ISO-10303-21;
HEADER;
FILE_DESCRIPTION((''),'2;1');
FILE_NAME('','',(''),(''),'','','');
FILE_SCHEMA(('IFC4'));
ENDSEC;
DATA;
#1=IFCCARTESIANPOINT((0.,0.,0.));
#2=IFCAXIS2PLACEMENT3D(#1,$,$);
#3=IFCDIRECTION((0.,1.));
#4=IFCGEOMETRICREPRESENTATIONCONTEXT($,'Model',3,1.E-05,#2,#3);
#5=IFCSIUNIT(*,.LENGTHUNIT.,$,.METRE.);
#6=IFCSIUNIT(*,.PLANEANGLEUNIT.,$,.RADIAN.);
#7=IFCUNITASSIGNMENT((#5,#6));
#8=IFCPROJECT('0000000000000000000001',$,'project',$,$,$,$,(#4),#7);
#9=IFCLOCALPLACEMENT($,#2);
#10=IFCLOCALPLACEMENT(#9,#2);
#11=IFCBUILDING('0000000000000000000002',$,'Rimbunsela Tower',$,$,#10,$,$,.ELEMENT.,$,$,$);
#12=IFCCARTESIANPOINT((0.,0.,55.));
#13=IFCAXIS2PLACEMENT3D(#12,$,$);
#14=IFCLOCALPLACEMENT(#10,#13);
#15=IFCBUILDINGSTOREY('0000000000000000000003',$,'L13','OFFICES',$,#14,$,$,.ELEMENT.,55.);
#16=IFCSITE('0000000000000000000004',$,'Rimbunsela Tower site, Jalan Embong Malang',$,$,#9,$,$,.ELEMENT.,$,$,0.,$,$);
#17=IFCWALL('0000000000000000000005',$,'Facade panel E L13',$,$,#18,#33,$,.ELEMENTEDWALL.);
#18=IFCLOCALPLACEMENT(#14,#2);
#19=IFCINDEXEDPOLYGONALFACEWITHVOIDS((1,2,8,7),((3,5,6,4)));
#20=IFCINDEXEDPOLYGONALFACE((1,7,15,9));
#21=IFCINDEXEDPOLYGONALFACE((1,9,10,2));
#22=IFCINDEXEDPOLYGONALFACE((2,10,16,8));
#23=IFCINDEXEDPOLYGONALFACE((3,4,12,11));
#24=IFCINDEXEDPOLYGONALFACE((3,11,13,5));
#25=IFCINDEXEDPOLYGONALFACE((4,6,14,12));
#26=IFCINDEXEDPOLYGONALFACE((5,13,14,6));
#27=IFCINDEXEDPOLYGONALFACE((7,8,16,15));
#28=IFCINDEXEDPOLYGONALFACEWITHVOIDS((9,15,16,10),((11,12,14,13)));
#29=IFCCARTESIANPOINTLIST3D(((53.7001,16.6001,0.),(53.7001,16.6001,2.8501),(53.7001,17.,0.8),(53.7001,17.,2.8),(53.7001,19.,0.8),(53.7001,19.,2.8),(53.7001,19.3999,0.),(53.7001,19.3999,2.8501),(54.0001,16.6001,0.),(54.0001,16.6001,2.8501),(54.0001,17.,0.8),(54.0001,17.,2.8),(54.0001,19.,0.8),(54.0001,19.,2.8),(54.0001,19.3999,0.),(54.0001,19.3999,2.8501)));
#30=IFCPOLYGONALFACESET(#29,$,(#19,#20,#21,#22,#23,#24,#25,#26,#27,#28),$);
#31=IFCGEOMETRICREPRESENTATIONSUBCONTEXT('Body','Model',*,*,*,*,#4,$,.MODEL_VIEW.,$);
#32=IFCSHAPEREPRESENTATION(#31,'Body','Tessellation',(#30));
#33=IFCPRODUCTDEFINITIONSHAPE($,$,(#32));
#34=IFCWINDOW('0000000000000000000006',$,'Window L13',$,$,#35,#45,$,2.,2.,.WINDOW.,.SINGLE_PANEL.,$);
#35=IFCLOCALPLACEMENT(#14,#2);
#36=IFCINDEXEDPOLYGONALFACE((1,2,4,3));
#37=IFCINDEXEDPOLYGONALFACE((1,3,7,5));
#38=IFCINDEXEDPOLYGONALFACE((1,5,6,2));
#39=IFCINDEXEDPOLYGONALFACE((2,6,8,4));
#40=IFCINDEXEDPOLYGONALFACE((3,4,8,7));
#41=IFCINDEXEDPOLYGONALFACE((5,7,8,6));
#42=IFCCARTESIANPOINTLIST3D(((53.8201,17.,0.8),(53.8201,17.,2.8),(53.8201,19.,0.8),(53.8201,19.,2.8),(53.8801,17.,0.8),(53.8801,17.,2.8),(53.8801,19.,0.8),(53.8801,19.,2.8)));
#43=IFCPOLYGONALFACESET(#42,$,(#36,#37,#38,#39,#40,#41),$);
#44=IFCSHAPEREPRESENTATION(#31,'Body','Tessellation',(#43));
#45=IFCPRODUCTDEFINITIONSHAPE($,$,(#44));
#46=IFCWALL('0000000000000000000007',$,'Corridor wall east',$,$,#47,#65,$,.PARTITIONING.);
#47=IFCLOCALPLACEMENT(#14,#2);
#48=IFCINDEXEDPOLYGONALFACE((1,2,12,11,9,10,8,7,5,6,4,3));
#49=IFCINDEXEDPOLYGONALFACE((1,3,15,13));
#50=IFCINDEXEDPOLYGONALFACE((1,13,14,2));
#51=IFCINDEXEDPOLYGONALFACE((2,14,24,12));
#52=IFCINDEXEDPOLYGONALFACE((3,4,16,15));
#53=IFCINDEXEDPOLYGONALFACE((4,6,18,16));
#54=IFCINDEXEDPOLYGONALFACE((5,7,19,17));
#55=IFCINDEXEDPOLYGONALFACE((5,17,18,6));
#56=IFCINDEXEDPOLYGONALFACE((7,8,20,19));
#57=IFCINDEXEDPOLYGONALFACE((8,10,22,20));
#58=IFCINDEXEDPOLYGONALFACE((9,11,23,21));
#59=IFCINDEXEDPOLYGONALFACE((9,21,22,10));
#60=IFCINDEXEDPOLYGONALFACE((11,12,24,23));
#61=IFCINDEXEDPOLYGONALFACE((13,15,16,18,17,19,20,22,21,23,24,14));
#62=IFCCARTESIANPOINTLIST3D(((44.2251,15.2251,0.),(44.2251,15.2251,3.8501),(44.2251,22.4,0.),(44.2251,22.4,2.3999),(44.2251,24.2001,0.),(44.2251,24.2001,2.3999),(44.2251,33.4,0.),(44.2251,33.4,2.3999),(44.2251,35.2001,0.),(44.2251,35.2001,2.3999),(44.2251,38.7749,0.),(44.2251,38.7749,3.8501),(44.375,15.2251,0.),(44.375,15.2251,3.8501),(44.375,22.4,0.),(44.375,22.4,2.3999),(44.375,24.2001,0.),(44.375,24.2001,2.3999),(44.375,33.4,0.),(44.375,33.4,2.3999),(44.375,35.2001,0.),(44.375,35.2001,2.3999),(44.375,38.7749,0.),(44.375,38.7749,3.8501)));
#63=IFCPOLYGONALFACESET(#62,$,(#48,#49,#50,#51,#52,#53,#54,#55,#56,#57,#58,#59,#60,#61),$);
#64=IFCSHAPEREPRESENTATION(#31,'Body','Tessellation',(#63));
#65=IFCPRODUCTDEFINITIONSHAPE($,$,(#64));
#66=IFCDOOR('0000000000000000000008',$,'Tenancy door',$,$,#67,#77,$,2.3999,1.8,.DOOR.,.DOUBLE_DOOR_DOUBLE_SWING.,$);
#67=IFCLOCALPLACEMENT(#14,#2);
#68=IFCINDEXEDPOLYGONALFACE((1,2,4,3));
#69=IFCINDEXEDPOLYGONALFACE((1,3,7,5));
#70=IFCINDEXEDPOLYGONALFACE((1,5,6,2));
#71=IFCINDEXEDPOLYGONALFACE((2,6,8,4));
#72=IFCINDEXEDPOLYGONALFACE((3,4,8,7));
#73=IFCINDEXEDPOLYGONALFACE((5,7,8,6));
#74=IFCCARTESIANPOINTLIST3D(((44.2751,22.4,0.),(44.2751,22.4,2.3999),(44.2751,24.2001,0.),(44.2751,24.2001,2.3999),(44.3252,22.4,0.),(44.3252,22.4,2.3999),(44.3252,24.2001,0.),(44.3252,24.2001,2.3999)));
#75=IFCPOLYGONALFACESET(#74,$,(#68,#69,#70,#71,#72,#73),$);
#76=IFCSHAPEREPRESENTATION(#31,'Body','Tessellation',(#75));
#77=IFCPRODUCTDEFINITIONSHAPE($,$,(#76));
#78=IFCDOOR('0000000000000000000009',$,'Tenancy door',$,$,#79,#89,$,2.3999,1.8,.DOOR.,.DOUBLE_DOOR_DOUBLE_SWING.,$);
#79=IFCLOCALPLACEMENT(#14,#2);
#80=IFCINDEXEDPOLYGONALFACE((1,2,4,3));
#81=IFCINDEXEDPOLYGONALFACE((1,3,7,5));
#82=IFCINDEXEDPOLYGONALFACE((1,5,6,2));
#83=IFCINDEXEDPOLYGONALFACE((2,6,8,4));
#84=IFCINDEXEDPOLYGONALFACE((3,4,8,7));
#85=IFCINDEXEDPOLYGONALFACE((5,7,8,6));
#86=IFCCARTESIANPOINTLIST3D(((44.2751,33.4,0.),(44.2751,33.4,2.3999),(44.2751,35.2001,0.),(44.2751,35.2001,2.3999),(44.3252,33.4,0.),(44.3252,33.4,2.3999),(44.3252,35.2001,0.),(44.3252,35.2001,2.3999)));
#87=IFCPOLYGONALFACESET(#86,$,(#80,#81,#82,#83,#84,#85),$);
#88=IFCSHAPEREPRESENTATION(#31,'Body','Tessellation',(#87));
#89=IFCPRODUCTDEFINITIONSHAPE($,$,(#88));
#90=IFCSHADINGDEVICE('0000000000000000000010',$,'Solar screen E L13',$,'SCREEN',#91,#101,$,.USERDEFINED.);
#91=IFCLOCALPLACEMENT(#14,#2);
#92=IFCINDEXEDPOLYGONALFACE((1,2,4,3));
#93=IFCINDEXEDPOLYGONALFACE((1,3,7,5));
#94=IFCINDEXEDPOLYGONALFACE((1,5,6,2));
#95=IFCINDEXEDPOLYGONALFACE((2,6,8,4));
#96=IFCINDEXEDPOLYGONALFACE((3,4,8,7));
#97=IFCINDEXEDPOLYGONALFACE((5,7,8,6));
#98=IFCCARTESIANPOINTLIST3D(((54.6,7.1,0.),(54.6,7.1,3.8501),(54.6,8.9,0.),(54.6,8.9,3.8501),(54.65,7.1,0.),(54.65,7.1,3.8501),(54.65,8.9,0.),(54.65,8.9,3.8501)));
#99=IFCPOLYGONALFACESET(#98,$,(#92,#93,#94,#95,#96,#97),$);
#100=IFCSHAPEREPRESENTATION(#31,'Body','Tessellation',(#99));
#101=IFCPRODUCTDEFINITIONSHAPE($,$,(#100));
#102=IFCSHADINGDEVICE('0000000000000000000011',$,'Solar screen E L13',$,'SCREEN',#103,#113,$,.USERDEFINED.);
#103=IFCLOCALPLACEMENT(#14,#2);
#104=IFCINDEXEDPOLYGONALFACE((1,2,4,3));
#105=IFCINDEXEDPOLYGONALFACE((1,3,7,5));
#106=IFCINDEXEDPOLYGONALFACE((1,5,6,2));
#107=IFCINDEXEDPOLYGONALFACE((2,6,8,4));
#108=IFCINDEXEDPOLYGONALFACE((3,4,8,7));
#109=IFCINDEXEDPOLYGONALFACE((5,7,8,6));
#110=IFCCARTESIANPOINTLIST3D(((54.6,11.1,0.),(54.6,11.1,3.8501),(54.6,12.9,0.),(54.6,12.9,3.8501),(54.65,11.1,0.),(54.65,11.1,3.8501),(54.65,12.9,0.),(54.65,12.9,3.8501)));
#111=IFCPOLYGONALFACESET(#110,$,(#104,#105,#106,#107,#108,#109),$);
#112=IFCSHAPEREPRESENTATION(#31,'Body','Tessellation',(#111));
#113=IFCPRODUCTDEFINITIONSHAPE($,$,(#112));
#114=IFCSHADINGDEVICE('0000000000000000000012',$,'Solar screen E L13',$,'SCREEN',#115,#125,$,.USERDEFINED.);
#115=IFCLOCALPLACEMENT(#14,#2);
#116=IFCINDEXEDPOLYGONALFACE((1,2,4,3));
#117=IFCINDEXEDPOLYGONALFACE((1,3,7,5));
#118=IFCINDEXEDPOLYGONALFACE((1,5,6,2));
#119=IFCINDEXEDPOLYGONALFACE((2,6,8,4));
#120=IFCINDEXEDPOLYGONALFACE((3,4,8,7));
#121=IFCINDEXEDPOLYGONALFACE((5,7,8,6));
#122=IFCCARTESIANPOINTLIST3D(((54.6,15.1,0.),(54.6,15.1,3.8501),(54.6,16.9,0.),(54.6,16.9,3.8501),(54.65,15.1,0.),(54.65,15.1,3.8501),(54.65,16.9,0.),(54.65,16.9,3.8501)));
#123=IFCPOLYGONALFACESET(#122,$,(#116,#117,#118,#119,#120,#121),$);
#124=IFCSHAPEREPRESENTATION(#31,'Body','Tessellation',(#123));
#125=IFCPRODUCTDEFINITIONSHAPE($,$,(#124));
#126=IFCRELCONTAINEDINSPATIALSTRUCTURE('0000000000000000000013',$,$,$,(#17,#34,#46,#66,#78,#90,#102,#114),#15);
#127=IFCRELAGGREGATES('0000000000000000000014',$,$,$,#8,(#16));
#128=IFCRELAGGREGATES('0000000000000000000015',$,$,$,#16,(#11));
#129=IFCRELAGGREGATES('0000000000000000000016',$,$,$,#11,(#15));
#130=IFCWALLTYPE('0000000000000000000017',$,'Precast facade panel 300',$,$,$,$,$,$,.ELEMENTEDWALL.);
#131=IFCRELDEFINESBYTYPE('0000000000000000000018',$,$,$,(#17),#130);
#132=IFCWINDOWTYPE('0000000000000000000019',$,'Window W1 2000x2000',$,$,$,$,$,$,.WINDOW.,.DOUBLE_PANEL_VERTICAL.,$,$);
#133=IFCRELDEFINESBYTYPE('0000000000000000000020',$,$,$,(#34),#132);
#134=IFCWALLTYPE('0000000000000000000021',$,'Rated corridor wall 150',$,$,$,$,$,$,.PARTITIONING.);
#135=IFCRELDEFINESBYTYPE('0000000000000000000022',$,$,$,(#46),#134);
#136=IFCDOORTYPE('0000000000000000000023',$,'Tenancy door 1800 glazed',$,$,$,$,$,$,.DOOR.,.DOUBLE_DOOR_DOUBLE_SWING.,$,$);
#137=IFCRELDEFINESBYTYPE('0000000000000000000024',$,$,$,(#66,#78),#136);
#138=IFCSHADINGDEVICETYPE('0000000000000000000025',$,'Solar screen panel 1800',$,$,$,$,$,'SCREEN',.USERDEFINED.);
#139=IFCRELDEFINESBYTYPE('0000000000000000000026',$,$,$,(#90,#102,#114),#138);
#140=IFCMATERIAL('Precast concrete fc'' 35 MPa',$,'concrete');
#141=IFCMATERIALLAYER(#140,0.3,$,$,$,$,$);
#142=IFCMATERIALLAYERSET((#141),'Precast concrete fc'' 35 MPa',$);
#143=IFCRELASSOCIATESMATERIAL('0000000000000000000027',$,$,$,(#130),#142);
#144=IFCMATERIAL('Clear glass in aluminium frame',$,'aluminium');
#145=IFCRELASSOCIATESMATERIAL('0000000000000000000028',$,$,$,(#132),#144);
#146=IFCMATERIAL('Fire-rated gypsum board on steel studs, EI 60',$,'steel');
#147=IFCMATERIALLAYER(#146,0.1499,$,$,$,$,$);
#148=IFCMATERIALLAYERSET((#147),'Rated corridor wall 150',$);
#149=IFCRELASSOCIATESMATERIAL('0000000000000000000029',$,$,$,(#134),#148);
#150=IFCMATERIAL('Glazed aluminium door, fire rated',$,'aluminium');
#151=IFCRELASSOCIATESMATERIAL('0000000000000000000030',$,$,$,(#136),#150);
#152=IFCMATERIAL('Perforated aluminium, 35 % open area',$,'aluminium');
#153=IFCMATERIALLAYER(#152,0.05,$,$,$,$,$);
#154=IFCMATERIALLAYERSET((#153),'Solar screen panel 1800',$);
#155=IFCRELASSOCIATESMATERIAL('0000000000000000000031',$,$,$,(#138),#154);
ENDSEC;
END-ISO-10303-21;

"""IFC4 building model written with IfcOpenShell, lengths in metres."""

from ifc_helpers import new_model, si_unit, direction, frame, frame_2d, origin, origin_2d, place, context, subcontext, project, spatial, rectangle, extrude, material, layer, layer_set, type_object, element, fill, save


model = new_model("IFC4")

# Units and contexts
model_context = context("Model", 3, precision=1e-05, world=origin(), true_north=direction((0.0, 1.0)))
body_context = subcontext(model_context, "Body", "Model", "MODEL_VIEW")
ifc_project = project(units=[si_unit("LENGTHUNIT", "METRE"), si_unit("PLANEANGLEUNIT", "RADIAN")], contexts=[model_context])

# Site, building, storey
site_placement = place(None, origin())
site = spatial("IfcSite", under=ifc_project, at=site_placement, Name="Rimbunsela Tower site, Jalan Embong Malang", CompositionType="ELEMENT", RefElevation=0.0)
building_placement = place(site_placement, origin())
building = spatial("IfcBuilding", under=site, at=building_placement, Name="Rimbunsela Tower", CompositionType="ELEMENT")
storey_placement = place(building_placement, frame((0.0, 0.0, 55.0)))
storey = spatial("IfcBuildingStorey", under=building, at=storey_placement, Name="L13", Description="OFFICES", CompositionType="ELEMENT", Elevation=55.0)

# Wall, opening, window
ifc_material_1 = material(Name="Precast concrete fc' 35 MPa", Category="concrete")
ifc_layer_1 = layer(ifc_material_1, 0.3)
ifc_layer_set_1 = layer_set([ifc_layer_1], Name="Precast concrete fc' 35 MPa")
wall_type_1 = type_object("IfcWallType", Name="Precast facade panel 300", PredefinedType="ELEMENTEDWALL", material=ifc_layer_set_1)
ifc_material_2 = material(Name="Clear glass in aluminium frame", Category="aluminium")
window_type = type_object("IfcWindowType", Name="Window W1 2000x2000", PartitioningType="DOUBLE_PANEL_VERTICAL", PredefinedType="WINDOW", material=ifc_material_2)
wall_1_placement = place(storey_placement, frame((53.8501, 16.6001, 0.0), z_axis=(0.0, 0.0, 1.0), x_axis=(0.0, 1.0, 0.0)))
wall_1 = element("IfcWall", 1, at=wall_1_placement, inside=storey, type_object=wall_type_1, Name="Facade panel E L13", PredefinedType="ELEMENTEDWALL", context=body_context, shape_type="SweptSolid", body=[
    extrude(rectangle(XDim=2.7998, YDim=0.3, at=frame_2d((1.3999, 0.0))), origin(), (0.0, 0.0, 1.0), 2.8501),
])
opening_1_placement = place(wall_1_placement, frame((0.3999, 0.0, 0.8)))
opening_1 = element("IfcOpeningElement", 2, at=opening_1_placement, cuts=wall_1, PredefinedType="OPENING", context=body_context, shape_type="SweptSolid", body=[
    extrude(rectangle(XDim=2.0, YDim=2.0, at=frame_2d((1.0, 1.0))), frame((0.0, 0.1599, 0.0), z_axis=(0.0, -1.0, 0.0), x_axis=(1.0, 0.0, 0.0)), (0.0, 0.0, 1.0), 0.3201),
])
window_1_placement = place(opening_1_placement, origin())
window_1 = element("IfcWindow", 3, at=window_1_placement, inside=storey, type_object=window_type, Name="Window L13", OverallHeight=2.0, OverallWidth=2.0, PartitioningType="SINGLE_PANEL", PredefinedType="WINDOW", context=body_context, shape_type="SweptSolid", body=[
    extrude(rectangle(XDim=2.0, YDim=2.0, at=frame_2d((1.0, 1.0))), frame((0.0, 0.03, 0.0), z_axis=(0.0, -1.0, 0.0), x_axis=(1.0, 0.0, 0.0)), (0.0, 0.0, 1.0), 0.0601),
])
fill(opening_1, window_1)

# Wall, openings, doors
ifc_material_3 = material(Name="Fire-rated gypsum board on steel studs, EI 60", Category="steel")
ifc_layer_2 = layer(ifc_material_3, 0.1499)
ifc_layer_set_2 = layer_set([ifc_layer_2], Name="Rated corridor wall 150")
wall_type_2 = type_object("IfcWallType", Name="Rated corridor wall 150", PredefinedType="PARTITIONING", material=ifc_layer_set_2)
wall_2_placement = place(storey_placement, frame((44.3, 15.2251, 0.0), z_axis=(0.0, 0.0, 1.0), x_axis=(0.0, 1.0, 0.0)))
wall_2 = element("IfcWall", 4, at=wall_2_placement, inside=storey, type_object=wall_type_2, Name="Corridor wall east", PredefinedType="PARTITIONING", context=body_context, shape_type="SweptSolid", body=[
    extrude(rectangle(XDim=23.5498, YDim=0.1499, at=frame_2d((11.7749, 0.0))), origin(), (0.0, 0.0, 1.0), 3.8501),
])
opening_2_placement = place(wall_2_placement, frame((7.175, 0.0, 0.0)))
opening_2 = element("IfcOpeningElement", 5, at=opening_2_placement, cuts=wall_2, PredefinedType="OPENING", context=body_context, shape_type="SweptSolid", body=[
    extrude(rectangle(XDim=1.8, YDim=2.3999, at=frame_2d((0.8999, 1.2))), frame((0.0, 0.085, 0.0), z_axis=(0.0, -1.0, 0.0), x_axis=(1.0, 0.0, 0.0)), (0.0, 0.0, 1.0), 0.1699),
])
opening_3_placement = place(wall_2_placement, frame((18.175, 0.0, 0.0)))
opening_3 = element("IfcOpeningElement", 6, at=opening_3_placement, cuts=wall_2, PredefinedType="OPENING", context=body_context, shape_type="SweptSolid", body=[
    extrude(rectangle(XDim=1.8, YDim=2.3999, at=frame_2d((0.8999, 1.2))), frame((0.0, 0.085, 0.0), z_axis=(0.0, -1.0, 0.0), x_axis=(1.0, 0.0, 0.0)), (0.0, 0.0, 1.0), 0.1699),
])
ifc_material_4 = material(Name="Glazed aluminium door, fire rated", Category="aluminium")
door_type = type_object("IfcDoorType", Name="Tenancy door 1800 glazed", OperationType="DOUBLE_DOOR_DOUBLE_SWING", PredefinedType="DOOR", material=ifc_material_4)
door_1_placement = place(opening_2_placement, origin())
door_1 = element("IfcDoor", 7, at=door_1_placement, inside=storey, type_object=door_type, Name="Tenancy door", OperationType="DOUBLE_DOOR_DOUBLE_SWING", OverallHeight=2.3999, OverallWidth=1.8, PredefinedType="DOOR", context=body_context, shape_type="SweptSolid", body=[
    extrude(rectangle(XDim=1.8, YDim=2.3999, at=frame_2d((0.8999, 1.2))), frame((0.0, 0.0249, 0.0), z_axis=(0.0, -1.0, 0.0), x_axis=(1.0, 0.0, 0.0)), (0.0, 0.0, 1.0), 0.05),
])
fill(opening_2, door_1)
door_2_placement = place(opening_3_placement, origin())
door_2 = element("IfcDoor", 8, at=door_2_placement, inside=storey, type_object=door_type, Name="Tenancy door", OperationType="DOUBLE_DOOR_DOUBLE_SWING", OverallHeight=2.3999, OverallWidth=1.8, PredefinedType="DOOR", context=body_context, shape_type="SweptSolid", body=[
    extrude(rectangle(XDim=1.8, YDim=2.3999, at=frame_2d((0.8999, 1.2))), frame((0.0, 0.0249, 0.0), z_axis=(0.0, -1.0, 0.0), x_axis=(1.0, 0.0, 0.0)), (0.0, 0.0, 1.0), 0.05),
])
fill(opening_3, door_2)

# Shading devices
ifc_material_5 = material(Name="Perforated aluminium, 35 % open area", Category="aluminium")
ifc_layer_3 = layer(ifc_material_5, 0.05)
ifc_layer_set_3 = layer_set([ifc_layer_3], Name="Solar screen panel 1800")
shading_device_type = type_object("IfcShadingDeviceType", Name="Solar screen panel 1800", ElementType="SCREEN", PredefinedType="USERDEFINED", material=ifc_layer_set_3)
for number, where, z_axis, x_axis, name in (
    (9, (54.625, 8.0, 0.0), (0.0, 0.0, 1.0), (0.0, 1.0, 0.0), "Solar screen E L13"),
    (10, (54.625, 12.0, 0.0), (0.0, 0.0, 1.0), (0.0, 1.0, 0.0), "Solar screen E L13"),
    (11, (54.625, 16.0, 0.0), (0.0, 0.0, 1.0), (0.0, 1.0, 0.0), "Solar screen E L13"),
):
    element("IfcShadingDevice", number, at=place(storey_placement, frame(where, z_axis=z_axis, x_axis=x_axis)), inside=storey, type_object=shading_device_type, Name=name, ObjectType="SCREEN", PredefinedType="USERDEFINED", context=body_context, shape_type="SweptSolid", body=[
        extrude(rectangle(XDim=1.8, YDim=0.05, at=origin_2d()), origin(), (0.0, 0.0, 1.0), 3.8501),
    ])

save(model, "model.ifc")
